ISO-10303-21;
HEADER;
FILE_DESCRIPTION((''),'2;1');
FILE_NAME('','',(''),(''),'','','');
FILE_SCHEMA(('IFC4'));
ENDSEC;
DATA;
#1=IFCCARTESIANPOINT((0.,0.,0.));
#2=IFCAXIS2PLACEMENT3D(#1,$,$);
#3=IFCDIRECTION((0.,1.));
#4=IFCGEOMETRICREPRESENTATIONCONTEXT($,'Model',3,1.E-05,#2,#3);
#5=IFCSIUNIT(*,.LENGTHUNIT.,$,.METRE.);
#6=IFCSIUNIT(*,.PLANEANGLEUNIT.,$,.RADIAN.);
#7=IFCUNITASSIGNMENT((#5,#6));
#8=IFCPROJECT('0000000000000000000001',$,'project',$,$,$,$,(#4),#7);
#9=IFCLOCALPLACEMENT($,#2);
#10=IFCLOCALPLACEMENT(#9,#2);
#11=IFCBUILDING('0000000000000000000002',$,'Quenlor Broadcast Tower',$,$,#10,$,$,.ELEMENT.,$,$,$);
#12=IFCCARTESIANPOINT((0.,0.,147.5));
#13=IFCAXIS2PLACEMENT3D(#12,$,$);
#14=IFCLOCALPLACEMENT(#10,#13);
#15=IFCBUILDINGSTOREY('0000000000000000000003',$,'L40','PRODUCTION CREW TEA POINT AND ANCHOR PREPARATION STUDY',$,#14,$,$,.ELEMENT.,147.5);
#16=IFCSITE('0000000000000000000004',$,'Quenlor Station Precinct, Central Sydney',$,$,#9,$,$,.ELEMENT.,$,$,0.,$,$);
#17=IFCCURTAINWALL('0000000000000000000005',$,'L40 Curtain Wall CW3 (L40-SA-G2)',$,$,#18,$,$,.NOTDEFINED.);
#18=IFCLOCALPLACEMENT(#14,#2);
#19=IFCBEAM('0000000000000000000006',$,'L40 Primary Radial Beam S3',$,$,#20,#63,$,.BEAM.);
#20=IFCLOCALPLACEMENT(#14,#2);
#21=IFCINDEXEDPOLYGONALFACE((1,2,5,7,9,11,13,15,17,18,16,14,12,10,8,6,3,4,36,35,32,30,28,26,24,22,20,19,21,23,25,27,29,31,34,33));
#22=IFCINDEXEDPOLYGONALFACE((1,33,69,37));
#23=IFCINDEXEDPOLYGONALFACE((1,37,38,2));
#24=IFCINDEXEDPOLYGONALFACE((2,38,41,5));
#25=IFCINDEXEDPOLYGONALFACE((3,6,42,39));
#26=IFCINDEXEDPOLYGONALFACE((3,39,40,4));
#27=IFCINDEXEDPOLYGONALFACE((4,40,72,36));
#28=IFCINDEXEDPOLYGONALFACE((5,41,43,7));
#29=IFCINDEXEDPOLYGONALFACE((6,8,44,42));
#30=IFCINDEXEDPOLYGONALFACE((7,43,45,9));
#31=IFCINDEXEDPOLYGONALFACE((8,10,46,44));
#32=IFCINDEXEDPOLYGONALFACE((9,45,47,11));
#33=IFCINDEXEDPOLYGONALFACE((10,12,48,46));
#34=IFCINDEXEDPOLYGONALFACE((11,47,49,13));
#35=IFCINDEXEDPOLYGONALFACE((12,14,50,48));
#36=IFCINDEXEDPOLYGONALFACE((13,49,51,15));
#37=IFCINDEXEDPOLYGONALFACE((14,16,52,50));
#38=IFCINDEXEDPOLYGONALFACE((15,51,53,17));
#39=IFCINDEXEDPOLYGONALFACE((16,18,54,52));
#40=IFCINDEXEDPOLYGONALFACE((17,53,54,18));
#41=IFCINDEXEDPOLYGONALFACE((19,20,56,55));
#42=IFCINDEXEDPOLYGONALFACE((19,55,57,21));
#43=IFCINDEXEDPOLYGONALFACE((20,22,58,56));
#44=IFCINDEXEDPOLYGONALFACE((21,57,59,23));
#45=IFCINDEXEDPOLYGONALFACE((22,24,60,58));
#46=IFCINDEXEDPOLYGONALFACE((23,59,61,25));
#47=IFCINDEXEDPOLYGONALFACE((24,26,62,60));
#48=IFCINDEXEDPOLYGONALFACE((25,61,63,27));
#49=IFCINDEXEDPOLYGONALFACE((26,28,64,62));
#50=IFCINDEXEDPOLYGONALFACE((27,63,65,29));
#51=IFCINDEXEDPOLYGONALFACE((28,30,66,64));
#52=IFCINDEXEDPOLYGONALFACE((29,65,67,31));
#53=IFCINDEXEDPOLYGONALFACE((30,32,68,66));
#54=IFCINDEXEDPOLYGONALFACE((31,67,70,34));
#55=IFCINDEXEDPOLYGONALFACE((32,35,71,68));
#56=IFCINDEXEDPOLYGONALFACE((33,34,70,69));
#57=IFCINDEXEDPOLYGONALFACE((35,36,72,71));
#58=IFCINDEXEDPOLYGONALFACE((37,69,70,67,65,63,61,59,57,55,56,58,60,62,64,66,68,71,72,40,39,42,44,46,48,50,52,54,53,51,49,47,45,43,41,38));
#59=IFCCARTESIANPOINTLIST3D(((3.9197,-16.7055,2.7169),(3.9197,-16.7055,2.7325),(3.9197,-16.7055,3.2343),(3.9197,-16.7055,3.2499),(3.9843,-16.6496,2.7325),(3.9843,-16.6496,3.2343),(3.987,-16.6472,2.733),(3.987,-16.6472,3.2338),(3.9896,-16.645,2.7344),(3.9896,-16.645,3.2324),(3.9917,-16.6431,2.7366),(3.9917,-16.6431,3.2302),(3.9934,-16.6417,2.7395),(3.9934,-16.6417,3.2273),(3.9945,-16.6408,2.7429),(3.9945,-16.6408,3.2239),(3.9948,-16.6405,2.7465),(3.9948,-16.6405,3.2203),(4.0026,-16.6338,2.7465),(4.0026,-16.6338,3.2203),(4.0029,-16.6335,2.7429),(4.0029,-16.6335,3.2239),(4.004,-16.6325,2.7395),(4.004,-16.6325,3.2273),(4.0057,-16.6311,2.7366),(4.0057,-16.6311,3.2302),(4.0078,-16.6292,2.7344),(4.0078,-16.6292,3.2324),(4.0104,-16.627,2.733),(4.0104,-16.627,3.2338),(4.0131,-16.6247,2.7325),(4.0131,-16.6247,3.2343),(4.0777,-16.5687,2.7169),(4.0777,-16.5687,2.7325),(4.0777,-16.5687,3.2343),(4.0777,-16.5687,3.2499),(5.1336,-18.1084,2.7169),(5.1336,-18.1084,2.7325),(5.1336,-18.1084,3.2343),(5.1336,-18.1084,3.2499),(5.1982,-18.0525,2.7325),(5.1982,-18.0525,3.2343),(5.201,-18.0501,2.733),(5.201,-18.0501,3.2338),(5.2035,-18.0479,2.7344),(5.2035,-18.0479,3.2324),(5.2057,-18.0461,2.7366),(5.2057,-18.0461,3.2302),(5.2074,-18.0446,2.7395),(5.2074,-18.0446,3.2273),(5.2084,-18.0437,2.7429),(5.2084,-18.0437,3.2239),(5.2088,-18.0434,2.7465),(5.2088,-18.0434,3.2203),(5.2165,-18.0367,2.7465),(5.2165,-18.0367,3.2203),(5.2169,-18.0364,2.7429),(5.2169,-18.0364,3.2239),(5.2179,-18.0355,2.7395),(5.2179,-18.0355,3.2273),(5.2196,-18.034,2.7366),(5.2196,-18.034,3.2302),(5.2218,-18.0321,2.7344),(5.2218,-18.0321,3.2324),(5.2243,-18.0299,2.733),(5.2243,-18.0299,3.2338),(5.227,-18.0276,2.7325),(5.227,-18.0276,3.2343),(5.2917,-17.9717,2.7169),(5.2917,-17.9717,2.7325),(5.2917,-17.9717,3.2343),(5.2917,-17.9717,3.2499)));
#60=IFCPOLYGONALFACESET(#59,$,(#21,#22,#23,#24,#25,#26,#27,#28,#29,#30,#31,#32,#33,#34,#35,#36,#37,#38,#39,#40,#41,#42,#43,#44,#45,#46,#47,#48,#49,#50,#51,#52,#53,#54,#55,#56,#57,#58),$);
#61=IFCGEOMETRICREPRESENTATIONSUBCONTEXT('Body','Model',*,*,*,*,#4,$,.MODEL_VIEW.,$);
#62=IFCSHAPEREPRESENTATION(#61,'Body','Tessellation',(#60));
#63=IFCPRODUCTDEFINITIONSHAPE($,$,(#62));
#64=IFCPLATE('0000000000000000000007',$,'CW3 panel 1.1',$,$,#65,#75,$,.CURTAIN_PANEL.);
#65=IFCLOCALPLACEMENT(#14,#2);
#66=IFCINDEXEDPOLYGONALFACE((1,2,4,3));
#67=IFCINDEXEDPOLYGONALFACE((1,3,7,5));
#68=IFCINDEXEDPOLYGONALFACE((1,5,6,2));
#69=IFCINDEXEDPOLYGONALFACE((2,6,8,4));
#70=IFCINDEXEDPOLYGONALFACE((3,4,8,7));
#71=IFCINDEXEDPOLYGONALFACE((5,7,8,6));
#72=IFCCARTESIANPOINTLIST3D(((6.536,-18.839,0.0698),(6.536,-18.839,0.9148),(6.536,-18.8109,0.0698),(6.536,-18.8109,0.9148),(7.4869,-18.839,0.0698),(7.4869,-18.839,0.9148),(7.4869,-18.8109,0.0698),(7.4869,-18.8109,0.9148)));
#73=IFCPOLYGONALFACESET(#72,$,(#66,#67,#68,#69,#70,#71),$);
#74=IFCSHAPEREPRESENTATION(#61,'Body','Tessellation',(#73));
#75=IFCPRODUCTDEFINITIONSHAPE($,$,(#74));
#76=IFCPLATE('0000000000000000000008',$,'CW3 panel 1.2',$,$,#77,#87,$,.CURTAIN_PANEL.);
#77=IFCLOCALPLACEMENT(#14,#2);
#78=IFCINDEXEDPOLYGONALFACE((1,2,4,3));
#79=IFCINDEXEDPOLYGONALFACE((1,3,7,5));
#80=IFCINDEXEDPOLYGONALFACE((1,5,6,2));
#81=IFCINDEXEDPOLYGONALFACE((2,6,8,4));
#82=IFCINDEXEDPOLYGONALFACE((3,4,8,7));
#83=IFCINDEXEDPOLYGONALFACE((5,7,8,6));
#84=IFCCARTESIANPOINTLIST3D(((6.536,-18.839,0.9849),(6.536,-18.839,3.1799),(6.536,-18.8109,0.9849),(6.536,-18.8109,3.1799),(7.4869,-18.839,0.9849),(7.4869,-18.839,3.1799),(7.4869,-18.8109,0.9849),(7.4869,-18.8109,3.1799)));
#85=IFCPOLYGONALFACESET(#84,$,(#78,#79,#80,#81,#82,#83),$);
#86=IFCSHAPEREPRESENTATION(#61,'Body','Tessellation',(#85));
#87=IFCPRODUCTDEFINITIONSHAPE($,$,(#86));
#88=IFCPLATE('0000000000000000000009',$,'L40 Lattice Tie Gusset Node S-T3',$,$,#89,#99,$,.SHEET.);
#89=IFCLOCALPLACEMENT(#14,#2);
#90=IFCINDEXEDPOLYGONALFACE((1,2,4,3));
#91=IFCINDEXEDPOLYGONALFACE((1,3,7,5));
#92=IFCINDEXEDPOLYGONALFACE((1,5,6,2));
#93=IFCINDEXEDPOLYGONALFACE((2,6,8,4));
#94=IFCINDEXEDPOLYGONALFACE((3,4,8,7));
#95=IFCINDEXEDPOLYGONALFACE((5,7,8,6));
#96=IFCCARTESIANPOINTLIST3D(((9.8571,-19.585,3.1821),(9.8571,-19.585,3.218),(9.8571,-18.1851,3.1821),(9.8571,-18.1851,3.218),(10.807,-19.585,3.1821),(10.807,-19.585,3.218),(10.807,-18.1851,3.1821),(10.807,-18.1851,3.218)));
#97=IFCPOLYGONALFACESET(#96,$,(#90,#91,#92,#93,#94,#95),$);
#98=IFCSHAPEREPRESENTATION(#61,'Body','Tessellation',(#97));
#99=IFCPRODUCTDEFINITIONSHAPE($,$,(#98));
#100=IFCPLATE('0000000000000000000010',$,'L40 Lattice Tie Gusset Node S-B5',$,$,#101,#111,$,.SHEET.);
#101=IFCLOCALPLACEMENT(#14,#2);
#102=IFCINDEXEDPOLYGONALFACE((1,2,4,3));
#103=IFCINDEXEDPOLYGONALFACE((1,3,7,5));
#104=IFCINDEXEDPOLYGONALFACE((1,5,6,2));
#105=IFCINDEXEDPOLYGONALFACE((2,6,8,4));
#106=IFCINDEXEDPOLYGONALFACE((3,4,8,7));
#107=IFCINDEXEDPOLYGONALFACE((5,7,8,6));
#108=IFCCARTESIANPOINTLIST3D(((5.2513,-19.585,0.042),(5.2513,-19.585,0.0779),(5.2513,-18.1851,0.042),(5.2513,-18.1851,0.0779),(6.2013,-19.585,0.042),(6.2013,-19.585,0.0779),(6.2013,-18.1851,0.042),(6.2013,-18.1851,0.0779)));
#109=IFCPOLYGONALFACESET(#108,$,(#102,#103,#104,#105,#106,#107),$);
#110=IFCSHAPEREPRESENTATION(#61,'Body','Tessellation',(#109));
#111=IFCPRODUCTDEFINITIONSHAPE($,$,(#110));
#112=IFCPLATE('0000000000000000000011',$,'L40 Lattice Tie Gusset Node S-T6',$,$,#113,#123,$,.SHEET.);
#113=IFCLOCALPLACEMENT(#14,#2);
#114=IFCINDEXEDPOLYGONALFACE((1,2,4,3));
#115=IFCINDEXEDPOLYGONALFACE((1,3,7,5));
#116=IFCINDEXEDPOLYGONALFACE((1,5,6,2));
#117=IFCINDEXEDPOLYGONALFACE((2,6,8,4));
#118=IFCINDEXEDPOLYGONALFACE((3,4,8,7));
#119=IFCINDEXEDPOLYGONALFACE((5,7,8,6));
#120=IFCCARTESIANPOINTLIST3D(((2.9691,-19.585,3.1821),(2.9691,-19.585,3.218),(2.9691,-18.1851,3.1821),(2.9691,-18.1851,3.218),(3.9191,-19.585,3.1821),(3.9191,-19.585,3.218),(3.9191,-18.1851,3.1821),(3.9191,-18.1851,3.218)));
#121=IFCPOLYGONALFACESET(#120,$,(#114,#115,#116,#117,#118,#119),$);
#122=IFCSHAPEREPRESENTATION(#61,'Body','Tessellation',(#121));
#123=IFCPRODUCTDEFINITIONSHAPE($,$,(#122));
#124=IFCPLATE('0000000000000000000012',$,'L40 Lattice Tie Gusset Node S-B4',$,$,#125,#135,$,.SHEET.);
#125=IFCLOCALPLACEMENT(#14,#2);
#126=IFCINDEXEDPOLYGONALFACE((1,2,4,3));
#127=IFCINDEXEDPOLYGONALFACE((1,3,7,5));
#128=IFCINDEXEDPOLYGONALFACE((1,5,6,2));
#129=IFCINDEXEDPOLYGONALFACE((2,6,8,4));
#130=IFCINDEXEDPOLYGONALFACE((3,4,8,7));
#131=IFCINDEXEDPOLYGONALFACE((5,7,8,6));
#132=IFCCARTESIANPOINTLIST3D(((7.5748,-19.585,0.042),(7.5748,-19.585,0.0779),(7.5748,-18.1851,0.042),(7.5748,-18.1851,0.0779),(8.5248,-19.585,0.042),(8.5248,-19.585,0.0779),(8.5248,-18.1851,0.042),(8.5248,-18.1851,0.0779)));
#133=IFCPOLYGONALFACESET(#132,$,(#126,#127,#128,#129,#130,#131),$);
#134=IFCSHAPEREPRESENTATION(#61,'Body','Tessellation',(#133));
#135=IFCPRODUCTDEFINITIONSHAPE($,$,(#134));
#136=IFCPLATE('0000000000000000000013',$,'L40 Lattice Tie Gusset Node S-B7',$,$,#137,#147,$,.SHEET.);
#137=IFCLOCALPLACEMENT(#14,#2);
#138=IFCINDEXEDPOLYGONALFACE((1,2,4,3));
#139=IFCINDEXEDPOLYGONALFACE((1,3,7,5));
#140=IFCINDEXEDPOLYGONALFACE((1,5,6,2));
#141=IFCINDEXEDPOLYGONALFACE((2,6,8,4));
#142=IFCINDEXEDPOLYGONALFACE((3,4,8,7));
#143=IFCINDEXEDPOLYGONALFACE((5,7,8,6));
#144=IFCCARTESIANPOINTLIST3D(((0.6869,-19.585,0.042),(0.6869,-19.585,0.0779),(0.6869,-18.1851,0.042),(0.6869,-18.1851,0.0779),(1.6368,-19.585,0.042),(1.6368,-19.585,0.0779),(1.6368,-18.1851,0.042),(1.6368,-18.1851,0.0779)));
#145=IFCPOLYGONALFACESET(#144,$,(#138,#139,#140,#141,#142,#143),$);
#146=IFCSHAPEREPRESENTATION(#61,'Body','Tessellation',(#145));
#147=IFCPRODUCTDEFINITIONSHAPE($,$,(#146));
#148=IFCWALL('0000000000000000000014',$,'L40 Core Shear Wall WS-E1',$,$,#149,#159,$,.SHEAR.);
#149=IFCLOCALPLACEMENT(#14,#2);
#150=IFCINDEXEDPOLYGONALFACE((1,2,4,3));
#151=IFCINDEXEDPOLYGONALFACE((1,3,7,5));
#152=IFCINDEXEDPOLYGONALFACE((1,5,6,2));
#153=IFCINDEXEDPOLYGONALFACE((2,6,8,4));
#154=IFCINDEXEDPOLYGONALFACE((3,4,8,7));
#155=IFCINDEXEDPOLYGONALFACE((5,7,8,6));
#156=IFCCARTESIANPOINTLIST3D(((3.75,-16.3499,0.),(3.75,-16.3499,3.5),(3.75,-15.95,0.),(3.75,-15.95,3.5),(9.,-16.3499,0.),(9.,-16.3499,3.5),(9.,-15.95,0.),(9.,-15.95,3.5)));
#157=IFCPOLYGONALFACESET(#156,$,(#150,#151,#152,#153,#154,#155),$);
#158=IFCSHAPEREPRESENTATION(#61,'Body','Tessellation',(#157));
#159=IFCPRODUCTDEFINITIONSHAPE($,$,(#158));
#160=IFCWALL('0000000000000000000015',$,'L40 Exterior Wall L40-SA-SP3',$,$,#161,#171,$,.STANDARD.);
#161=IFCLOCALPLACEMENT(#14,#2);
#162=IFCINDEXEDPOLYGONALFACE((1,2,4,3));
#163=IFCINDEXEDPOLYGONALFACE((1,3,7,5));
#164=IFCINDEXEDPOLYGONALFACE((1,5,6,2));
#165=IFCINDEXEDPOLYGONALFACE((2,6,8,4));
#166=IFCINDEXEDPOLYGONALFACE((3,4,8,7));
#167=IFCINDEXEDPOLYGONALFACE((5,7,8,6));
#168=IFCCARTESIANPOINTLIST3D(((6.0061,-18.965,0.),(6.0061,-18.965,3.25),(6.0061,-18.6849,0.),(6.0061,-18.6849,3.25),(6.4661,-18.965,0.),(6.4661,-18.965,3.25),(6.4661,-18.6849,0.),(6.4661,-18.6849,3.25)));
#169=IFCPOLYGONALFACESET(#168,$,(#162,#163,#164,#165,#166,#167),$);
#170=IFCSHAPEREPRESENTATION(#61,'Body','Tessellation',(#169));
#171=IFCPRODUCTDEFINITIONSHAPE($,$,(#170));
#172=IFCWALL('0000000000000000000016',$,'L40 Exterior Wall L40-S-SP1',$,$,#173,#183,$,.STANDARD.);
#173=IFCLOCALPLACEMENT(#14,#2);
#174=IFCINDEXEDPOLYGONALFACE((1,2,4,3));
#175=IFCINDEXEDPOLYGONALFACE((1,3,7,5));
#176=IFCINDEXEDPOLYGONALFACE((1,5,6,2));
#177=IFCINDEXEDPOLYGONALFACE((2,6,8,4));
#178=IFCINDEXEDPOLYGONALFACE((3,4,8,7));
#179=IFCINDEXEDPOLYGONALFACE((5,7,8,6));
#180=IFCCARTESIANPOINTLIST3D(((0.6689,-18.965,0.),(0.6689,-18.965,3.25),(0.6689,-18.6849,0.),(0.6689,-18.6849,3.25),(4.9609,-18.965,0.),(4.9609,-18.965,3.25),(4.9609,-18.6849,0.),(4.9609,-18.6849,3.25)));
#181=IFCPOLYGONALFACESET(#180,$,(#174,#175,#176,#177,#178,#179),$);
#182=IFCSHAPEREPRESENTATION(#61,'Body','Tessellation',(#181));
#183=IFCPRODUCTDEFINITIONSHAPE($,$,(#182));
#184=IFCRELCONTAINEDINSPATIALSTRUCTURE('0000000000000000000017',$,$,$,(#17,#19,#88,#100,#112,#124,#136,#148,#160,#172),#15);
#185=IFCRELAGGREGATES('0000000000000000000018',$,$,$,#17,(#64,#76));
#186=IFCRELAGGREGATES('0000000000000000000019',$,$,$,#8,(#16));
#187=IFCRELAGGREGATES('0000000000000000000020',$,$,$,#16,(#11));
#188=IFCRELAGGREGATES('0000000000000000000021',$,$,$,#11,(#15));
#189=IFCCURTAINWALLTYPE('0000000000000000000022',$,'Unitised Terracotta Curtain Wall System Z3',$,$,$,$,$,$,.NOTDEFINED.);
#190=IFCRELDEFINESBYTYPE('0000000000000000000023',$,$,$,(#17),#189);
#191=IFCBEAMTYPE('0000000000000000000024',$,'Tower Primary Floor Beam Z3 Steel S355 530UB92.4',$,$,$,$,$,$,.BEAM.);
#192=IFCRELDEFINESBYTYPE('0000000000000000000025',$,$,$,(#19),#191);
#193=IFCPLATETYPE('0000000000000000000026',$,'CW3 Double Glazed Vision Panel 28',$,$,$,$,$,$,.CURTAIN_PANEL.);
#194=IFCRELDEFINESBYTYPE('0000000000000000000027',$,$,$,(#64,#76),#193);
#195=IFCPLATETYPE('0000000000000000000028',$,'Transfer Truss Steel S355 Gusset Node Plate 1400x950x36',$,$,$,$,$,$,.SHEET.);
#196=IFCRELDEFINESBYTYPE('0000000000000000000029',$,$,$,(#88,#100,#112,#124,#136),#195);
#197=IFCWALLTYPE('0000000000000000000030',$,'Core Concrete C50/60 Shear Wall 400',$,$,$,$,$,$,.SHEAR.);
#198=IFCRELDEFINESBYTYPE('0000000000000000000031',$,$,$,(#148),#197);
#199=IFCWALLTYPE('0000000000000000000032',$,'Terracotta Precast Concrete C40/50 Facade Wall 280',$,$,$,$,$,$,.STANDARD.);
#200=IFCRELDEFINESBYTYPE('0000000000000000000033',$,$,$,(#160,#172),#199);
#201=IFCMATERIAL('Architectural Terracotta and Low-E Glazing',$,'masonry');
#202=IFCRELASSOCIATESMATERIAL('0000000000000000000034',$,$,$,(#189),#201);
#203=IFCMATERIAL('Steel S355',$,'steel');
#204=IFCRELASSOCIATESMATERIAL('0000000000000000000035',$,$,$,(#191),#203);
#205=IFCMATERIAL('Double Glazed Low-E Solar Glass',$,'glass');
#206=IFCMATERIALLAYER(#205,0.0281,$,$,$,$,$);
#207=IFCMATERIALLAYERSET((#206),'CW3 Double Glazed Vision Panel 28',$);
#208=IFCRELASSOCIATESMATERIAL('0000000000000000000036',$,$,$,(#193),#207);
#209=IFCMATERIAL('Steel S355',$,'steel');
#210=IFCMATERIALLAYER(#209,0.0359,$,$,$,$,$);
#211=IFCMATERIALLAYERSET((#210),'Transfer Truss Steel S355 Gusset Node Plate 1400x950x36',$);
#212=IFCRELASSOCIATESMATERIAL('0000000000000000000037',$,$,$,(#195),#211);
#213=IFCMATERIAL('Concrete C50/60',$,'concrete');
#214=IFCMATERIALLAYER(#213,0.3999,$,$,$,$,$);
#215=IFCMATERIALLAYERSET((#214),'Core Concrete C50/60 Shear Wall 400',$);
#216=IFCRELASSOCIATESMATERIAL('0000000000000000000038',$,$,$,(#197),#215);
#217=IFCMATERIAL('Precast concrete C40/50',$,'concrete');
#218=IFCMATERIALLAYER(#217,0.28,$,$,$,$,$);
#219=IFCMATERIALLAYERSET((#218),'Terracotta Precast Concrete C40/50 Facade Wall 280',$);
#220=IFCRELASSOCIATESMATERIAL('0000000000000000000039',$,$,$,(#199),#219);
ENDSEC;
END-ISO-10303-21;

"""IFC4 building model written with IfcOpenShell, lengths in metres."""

from ifc_helpers import new_model, si_unit, direction, frame, frame_2d, origin, origin_2d, place, context, subcontext, project, spatial, rectangle, i_section, extrude, material, layer, layer_set, material_profile, profile_set, type_object, element, aggregate, save


model = new_model("IFC4")

# Units and contexts
model_context = context("Model", 3, precision=1e-05, world=origin(), true_north=direction((0.0, 1.0)))
body_context = subcontext(model_context, "Body", "Model", "MODEL_VIEW")
ifc_project = project(units=[si_unit("LENGTHUNIT", "METRE"), si_unit("PLANEANGLEUNIT", "RADIAN")], contexts=[model_context])

# Site, building, storey
site_placement = place(None, origin())
site = spatial("IfcSite", under=ifc_project, at=site_placement, Name="Quenlor Station Precinct, Central Sydney", CompositionType="ELEMENT", RefElevation=0.0)
building_placement = place(site_placement, origin())
building = spatial("IfcBuilding", under=site, at=building_placement, Name="Quenlor Broadcast Tower", CompositionType="ELEMENT")
storey_placement = place(building_placement, frame((0.0, 0.0, 147.5)))
storey = spatial("IfcBuildingStorey", under=building, at=storey_placement, Name="L40", Description="PRODUCTION CREW TEA POINT AND ANCHOR PREPARATION STUDY", CompositionType="ELEMENT", Elevation=147.5)

# Curtain wall
ifc_material_1 = material(Name="Architectural Terracotta and Low-E Glazing", Category="masonry")
curtain_wall_type = type_object("IfcCurtainWallType", Name="Unitised Terracotta Curtain Wall System Z3", PredefinedType="NOTDEFINED", material=ifc_material_1)
curtain_wall_1_placement = place(storey_placement, origin())
curtain_wall_1 = element("IfcCurtainWall", 1, at=curtain_wall_1_placement, inside=storey, type_object=curtain_wall_type, Name="L40 Curtain Wall CW3 (L40-SA-G2)", PredefinedType="NOTDEFINED")

# Beam
ifc_material_2 = material(Name="Steel S355", Category="steel")
ifc_material_profile_1 = material_profile(ifc_material_2, i_section(OverallWidth=0.209, OverallDepth=0.533, WebThickness=0.0103, FlangeThickness=0.0156, FilletRadius=0.0139, at=origin_2d()))
ifc_profile_set_1 = profile_set([ifc_material_profile_1], Name="Steel S355 530UB92.4")
beam_type_1 = type_object("IfcBeamType", Name="Tower Primary Floor Beam Z3 Steel S355 530UB92.4", PredefinedType="BEAM", material=ifc_profile_set_1)
beam_1_placement = place(storey_placement, frame((5.2126, -18.04, 2.9834), z_axis=(-0.654339, 0.756201, 0.0), x_axis=(-0.756201, -0.654339, 0.0)))
element("IfcBeam", 2, at=beam_1_placement, inside=storey, type_object=beam_type_1, Name="L40 Primary Radial Beam S3", PredefinedType="BEAM", context=body_context, shape_type="SweptSolid", body=[
    extrude(i_section(OverallWidth=0.209, OverallDepth=0.533, WebThickness=0.0103, FlangeThickness=0.0156, FilletRadius=0.0139, at=origin_2d()), origin(), (0.0, 0.0, 1.0), 1.8552),
])

# Plates
ifc_material_3 = material(Name="Double Glazed Low-E Solar Glass", Category="glass")
ifc_layer_1 = layer(ifc_material_3, 0.0281)
ifc_layer_set_1 = layer_set([ifc_layer_1], Name="CW3 Double Glazed Vision Panel 28")
plate_type_1 = type_object("IfcPlateType", Name="CW3 Double Glazed Vision Panel 28", PredefinedType="CURTAIN_PANEL", material=ifc_layer_set_1)
plate_1_placement = place(storey_placement, frame((7.0115, -18.825, 0.0698), z_axis=(0.0, 0.0, 1.0), x_axis=(-1.0, 0.0, 0.0)))
plate_1 = element("IfcPlate", 3, at=plate_1_placement, type_object=plate_type_1, Name="CW3 panel 1.1", PredefinedType="CURTAIN_PANEL", context=body_context, shape_type="SweptSolid", body=[
    extrude(rectangle(XDim=0.9509, YDim=0.0281, at=origin_2d()), origin(), (0.0, 0.0, 1.0), 0.845),
])
plate_2_placement = place(storey_placement, frame((7.0115, -18.825, 0.9849), z_axis=(0.0, 0.0, 1.0), x_axis=(-1.0, 0.0, 0.0)))
plate_2 = element("IfcPlate", 4, at=plate_2_placement, type_object=plate_type_1, Name="CW3 panel 1.2", PredefinedType="CURTAIN_PANEL", context=body_context, shape_type="SweptSolid", body=[
    extrude(rectangle(XDim=0.9509, YDim=0.0281, at=origin_2d()), origin(), (0.0, 0.0, 1.0), 2.1951),
])
aggregate(curtain_wall_1, [plate_1, plate_2])

# Plates
ifc_material_4 = material(Name="Steel S355", Category="steel")
ifc_layer_2 = layer(ifc_material_4, 0.0359)
ifc_layer_set_2 = layer_set([ifc_layer_2], Name="Transfer Truss Steel S355 Gusset Node Plate 1400x950x36")
plate_type_2 = type_object("IfcPlateType", Name="Transfer Truss Steel S355 Gusset Node Plate 1400x950x36", PredefinedType="SHEET", material=ifc_layer_set_2)
for number, where, z_axis, x_axis, name in (
    (5, (10.332, -18.885, 3.1821), (0.0, 0.0, 1.0), (0.0, -1.0, 0.0), "L40 Lattice Tie Gusset Node S-T3"),
    (6, (5.7263, -18.885, 0.042), (0.0, 0.0, 1.0), (0.0, -1.0, 0.0), "L40 Lattice Tie Gusset Node S-B5"),
    (7, (3.4441, -18.885, 3.1821), (0.0, 0.0, 1.0), (0.0, -1.0, 0.0), "L40 Lattice Tie Gusset Node S-T6"),
    (8, (8.0498, -18.885, 0.042), (0.0, 0.0, 1.0), (0.0, -1.0, 0.0), "L40 Lattice Tie Gusset Node S-B4"),
    (9, (1.1619, -18.885, 0.042), (0.0, 0.0, 1.0), (0.0, -1.0, 0.0), "L40 Lattice Tie Gusset Node S-B7"),
):
    element("IfcPlate", number, at=place(storey_placement, frame(where, z_axis=z_axis, x_axis=x_axis)), inside=storey, type_object=plate_type_2, Name=name, PredefinedType="SHEET", context=body_context, shape_type="SweptSolid", body=[
        extrude(rectangle(XDim=1.3999, YDim=0.95, at=origin_2d()), origin(), (0.0, 0.0, 1.0), 0.0359),
    ])

# Walls
ifc_material_5 = material(Name="Concrete C50/60", Category="concrete")
ifc_layer_3 = layer(ifc_material_5, 0.3999)
ifc_layer_set_3 = layer_set([ifc_layer_3], Name="Core Concrete C50/60 Shear Wall 400")
wall_type_1 = type_object("IfcWallType", Name="Core Concrete C50/60 Shear Wall 400", PredefinedType="SHEAR", material=ifc_layer_set_3)
wall_1_placement = place(storey_placement, frame((3.75, -16.1499, 0.0), z_axis=(0.0, 0.0, 1.0), x_axis=(1.0, 0.0, 0.0)))
element("IfcWall", 10, at=wall_1_placement, inside=storey, type_object=wall_type_1, Name="L40 Core Shear Wall WS-E1", PredefinedType="SHEAR", context=body_context, shape_type="SweptSolid", body=[
    extrude(rectangle(XDim=5.25, YDim=0.3999, at=frame_2d((2.625, 0.0))), origin(), (0.0, 0.0, 1.0), 3.5),
])
ifc_material_6 = material(Name="Precast concrete C40/50", Category="concrete")
ifc_layer_4 = layer(ifc_material_6, 0.28)
ifc_layer_set_4 = layer_set([ifc_layer_4], Name="Terracotta Precast Concrete C40/50 Facade Wall 280")
wall_type_2 = type_object("IfcWallType", Name="Terracotta Precast Concrete C40/50 Facade Wall 280", PredefinedType="STANDARD", material=ifc_layer_set_4)
wall_2_placement = place(storey_placement, frame((6.4661, -18.825, 0.0), z_axis=(0.0, 0.0, 1.0), x_axis=(-1.0, 0.0, 0.0)))
element("IfcWall", 11, at=wall_2_placement, inside=storey, type_object=wall_type_2, Name="L40 Exterior Wall L40-SA-SP3", PredefinedType="STANDARD", context=body_context, shape_type="SweptSolid", body=[
    extrude(rectangle(XDim=0.46, YDim=0.28, at=frame_2d((0.23, 0.0))), origin(), (0.0, 0.0, 1.0), 3.25),
])
wall_3_placement = place(storey_placement, frame((4.9609, -18.825, 0.0), z_axis=(0.0, 0.0, 1.0), x_axis=(-1.0, 0.0, 0.0)))
element("IfcWall", 12, at=wall_3_placement, inside=storey, type_object=wall_type_2, Name="L40 Exterior Wall L40-S-SP1", PredefinedType="STANDARD", context=body_context, shape_type="SweptSolid", body=[
    extrude(rectangle(XDim=4.292, YDim=0.28, at=frame_2d((2.146, 0.0))), origin(), (0.0, 0.0, 1.0), 3.25),
])

save(model, "model.ifc")
